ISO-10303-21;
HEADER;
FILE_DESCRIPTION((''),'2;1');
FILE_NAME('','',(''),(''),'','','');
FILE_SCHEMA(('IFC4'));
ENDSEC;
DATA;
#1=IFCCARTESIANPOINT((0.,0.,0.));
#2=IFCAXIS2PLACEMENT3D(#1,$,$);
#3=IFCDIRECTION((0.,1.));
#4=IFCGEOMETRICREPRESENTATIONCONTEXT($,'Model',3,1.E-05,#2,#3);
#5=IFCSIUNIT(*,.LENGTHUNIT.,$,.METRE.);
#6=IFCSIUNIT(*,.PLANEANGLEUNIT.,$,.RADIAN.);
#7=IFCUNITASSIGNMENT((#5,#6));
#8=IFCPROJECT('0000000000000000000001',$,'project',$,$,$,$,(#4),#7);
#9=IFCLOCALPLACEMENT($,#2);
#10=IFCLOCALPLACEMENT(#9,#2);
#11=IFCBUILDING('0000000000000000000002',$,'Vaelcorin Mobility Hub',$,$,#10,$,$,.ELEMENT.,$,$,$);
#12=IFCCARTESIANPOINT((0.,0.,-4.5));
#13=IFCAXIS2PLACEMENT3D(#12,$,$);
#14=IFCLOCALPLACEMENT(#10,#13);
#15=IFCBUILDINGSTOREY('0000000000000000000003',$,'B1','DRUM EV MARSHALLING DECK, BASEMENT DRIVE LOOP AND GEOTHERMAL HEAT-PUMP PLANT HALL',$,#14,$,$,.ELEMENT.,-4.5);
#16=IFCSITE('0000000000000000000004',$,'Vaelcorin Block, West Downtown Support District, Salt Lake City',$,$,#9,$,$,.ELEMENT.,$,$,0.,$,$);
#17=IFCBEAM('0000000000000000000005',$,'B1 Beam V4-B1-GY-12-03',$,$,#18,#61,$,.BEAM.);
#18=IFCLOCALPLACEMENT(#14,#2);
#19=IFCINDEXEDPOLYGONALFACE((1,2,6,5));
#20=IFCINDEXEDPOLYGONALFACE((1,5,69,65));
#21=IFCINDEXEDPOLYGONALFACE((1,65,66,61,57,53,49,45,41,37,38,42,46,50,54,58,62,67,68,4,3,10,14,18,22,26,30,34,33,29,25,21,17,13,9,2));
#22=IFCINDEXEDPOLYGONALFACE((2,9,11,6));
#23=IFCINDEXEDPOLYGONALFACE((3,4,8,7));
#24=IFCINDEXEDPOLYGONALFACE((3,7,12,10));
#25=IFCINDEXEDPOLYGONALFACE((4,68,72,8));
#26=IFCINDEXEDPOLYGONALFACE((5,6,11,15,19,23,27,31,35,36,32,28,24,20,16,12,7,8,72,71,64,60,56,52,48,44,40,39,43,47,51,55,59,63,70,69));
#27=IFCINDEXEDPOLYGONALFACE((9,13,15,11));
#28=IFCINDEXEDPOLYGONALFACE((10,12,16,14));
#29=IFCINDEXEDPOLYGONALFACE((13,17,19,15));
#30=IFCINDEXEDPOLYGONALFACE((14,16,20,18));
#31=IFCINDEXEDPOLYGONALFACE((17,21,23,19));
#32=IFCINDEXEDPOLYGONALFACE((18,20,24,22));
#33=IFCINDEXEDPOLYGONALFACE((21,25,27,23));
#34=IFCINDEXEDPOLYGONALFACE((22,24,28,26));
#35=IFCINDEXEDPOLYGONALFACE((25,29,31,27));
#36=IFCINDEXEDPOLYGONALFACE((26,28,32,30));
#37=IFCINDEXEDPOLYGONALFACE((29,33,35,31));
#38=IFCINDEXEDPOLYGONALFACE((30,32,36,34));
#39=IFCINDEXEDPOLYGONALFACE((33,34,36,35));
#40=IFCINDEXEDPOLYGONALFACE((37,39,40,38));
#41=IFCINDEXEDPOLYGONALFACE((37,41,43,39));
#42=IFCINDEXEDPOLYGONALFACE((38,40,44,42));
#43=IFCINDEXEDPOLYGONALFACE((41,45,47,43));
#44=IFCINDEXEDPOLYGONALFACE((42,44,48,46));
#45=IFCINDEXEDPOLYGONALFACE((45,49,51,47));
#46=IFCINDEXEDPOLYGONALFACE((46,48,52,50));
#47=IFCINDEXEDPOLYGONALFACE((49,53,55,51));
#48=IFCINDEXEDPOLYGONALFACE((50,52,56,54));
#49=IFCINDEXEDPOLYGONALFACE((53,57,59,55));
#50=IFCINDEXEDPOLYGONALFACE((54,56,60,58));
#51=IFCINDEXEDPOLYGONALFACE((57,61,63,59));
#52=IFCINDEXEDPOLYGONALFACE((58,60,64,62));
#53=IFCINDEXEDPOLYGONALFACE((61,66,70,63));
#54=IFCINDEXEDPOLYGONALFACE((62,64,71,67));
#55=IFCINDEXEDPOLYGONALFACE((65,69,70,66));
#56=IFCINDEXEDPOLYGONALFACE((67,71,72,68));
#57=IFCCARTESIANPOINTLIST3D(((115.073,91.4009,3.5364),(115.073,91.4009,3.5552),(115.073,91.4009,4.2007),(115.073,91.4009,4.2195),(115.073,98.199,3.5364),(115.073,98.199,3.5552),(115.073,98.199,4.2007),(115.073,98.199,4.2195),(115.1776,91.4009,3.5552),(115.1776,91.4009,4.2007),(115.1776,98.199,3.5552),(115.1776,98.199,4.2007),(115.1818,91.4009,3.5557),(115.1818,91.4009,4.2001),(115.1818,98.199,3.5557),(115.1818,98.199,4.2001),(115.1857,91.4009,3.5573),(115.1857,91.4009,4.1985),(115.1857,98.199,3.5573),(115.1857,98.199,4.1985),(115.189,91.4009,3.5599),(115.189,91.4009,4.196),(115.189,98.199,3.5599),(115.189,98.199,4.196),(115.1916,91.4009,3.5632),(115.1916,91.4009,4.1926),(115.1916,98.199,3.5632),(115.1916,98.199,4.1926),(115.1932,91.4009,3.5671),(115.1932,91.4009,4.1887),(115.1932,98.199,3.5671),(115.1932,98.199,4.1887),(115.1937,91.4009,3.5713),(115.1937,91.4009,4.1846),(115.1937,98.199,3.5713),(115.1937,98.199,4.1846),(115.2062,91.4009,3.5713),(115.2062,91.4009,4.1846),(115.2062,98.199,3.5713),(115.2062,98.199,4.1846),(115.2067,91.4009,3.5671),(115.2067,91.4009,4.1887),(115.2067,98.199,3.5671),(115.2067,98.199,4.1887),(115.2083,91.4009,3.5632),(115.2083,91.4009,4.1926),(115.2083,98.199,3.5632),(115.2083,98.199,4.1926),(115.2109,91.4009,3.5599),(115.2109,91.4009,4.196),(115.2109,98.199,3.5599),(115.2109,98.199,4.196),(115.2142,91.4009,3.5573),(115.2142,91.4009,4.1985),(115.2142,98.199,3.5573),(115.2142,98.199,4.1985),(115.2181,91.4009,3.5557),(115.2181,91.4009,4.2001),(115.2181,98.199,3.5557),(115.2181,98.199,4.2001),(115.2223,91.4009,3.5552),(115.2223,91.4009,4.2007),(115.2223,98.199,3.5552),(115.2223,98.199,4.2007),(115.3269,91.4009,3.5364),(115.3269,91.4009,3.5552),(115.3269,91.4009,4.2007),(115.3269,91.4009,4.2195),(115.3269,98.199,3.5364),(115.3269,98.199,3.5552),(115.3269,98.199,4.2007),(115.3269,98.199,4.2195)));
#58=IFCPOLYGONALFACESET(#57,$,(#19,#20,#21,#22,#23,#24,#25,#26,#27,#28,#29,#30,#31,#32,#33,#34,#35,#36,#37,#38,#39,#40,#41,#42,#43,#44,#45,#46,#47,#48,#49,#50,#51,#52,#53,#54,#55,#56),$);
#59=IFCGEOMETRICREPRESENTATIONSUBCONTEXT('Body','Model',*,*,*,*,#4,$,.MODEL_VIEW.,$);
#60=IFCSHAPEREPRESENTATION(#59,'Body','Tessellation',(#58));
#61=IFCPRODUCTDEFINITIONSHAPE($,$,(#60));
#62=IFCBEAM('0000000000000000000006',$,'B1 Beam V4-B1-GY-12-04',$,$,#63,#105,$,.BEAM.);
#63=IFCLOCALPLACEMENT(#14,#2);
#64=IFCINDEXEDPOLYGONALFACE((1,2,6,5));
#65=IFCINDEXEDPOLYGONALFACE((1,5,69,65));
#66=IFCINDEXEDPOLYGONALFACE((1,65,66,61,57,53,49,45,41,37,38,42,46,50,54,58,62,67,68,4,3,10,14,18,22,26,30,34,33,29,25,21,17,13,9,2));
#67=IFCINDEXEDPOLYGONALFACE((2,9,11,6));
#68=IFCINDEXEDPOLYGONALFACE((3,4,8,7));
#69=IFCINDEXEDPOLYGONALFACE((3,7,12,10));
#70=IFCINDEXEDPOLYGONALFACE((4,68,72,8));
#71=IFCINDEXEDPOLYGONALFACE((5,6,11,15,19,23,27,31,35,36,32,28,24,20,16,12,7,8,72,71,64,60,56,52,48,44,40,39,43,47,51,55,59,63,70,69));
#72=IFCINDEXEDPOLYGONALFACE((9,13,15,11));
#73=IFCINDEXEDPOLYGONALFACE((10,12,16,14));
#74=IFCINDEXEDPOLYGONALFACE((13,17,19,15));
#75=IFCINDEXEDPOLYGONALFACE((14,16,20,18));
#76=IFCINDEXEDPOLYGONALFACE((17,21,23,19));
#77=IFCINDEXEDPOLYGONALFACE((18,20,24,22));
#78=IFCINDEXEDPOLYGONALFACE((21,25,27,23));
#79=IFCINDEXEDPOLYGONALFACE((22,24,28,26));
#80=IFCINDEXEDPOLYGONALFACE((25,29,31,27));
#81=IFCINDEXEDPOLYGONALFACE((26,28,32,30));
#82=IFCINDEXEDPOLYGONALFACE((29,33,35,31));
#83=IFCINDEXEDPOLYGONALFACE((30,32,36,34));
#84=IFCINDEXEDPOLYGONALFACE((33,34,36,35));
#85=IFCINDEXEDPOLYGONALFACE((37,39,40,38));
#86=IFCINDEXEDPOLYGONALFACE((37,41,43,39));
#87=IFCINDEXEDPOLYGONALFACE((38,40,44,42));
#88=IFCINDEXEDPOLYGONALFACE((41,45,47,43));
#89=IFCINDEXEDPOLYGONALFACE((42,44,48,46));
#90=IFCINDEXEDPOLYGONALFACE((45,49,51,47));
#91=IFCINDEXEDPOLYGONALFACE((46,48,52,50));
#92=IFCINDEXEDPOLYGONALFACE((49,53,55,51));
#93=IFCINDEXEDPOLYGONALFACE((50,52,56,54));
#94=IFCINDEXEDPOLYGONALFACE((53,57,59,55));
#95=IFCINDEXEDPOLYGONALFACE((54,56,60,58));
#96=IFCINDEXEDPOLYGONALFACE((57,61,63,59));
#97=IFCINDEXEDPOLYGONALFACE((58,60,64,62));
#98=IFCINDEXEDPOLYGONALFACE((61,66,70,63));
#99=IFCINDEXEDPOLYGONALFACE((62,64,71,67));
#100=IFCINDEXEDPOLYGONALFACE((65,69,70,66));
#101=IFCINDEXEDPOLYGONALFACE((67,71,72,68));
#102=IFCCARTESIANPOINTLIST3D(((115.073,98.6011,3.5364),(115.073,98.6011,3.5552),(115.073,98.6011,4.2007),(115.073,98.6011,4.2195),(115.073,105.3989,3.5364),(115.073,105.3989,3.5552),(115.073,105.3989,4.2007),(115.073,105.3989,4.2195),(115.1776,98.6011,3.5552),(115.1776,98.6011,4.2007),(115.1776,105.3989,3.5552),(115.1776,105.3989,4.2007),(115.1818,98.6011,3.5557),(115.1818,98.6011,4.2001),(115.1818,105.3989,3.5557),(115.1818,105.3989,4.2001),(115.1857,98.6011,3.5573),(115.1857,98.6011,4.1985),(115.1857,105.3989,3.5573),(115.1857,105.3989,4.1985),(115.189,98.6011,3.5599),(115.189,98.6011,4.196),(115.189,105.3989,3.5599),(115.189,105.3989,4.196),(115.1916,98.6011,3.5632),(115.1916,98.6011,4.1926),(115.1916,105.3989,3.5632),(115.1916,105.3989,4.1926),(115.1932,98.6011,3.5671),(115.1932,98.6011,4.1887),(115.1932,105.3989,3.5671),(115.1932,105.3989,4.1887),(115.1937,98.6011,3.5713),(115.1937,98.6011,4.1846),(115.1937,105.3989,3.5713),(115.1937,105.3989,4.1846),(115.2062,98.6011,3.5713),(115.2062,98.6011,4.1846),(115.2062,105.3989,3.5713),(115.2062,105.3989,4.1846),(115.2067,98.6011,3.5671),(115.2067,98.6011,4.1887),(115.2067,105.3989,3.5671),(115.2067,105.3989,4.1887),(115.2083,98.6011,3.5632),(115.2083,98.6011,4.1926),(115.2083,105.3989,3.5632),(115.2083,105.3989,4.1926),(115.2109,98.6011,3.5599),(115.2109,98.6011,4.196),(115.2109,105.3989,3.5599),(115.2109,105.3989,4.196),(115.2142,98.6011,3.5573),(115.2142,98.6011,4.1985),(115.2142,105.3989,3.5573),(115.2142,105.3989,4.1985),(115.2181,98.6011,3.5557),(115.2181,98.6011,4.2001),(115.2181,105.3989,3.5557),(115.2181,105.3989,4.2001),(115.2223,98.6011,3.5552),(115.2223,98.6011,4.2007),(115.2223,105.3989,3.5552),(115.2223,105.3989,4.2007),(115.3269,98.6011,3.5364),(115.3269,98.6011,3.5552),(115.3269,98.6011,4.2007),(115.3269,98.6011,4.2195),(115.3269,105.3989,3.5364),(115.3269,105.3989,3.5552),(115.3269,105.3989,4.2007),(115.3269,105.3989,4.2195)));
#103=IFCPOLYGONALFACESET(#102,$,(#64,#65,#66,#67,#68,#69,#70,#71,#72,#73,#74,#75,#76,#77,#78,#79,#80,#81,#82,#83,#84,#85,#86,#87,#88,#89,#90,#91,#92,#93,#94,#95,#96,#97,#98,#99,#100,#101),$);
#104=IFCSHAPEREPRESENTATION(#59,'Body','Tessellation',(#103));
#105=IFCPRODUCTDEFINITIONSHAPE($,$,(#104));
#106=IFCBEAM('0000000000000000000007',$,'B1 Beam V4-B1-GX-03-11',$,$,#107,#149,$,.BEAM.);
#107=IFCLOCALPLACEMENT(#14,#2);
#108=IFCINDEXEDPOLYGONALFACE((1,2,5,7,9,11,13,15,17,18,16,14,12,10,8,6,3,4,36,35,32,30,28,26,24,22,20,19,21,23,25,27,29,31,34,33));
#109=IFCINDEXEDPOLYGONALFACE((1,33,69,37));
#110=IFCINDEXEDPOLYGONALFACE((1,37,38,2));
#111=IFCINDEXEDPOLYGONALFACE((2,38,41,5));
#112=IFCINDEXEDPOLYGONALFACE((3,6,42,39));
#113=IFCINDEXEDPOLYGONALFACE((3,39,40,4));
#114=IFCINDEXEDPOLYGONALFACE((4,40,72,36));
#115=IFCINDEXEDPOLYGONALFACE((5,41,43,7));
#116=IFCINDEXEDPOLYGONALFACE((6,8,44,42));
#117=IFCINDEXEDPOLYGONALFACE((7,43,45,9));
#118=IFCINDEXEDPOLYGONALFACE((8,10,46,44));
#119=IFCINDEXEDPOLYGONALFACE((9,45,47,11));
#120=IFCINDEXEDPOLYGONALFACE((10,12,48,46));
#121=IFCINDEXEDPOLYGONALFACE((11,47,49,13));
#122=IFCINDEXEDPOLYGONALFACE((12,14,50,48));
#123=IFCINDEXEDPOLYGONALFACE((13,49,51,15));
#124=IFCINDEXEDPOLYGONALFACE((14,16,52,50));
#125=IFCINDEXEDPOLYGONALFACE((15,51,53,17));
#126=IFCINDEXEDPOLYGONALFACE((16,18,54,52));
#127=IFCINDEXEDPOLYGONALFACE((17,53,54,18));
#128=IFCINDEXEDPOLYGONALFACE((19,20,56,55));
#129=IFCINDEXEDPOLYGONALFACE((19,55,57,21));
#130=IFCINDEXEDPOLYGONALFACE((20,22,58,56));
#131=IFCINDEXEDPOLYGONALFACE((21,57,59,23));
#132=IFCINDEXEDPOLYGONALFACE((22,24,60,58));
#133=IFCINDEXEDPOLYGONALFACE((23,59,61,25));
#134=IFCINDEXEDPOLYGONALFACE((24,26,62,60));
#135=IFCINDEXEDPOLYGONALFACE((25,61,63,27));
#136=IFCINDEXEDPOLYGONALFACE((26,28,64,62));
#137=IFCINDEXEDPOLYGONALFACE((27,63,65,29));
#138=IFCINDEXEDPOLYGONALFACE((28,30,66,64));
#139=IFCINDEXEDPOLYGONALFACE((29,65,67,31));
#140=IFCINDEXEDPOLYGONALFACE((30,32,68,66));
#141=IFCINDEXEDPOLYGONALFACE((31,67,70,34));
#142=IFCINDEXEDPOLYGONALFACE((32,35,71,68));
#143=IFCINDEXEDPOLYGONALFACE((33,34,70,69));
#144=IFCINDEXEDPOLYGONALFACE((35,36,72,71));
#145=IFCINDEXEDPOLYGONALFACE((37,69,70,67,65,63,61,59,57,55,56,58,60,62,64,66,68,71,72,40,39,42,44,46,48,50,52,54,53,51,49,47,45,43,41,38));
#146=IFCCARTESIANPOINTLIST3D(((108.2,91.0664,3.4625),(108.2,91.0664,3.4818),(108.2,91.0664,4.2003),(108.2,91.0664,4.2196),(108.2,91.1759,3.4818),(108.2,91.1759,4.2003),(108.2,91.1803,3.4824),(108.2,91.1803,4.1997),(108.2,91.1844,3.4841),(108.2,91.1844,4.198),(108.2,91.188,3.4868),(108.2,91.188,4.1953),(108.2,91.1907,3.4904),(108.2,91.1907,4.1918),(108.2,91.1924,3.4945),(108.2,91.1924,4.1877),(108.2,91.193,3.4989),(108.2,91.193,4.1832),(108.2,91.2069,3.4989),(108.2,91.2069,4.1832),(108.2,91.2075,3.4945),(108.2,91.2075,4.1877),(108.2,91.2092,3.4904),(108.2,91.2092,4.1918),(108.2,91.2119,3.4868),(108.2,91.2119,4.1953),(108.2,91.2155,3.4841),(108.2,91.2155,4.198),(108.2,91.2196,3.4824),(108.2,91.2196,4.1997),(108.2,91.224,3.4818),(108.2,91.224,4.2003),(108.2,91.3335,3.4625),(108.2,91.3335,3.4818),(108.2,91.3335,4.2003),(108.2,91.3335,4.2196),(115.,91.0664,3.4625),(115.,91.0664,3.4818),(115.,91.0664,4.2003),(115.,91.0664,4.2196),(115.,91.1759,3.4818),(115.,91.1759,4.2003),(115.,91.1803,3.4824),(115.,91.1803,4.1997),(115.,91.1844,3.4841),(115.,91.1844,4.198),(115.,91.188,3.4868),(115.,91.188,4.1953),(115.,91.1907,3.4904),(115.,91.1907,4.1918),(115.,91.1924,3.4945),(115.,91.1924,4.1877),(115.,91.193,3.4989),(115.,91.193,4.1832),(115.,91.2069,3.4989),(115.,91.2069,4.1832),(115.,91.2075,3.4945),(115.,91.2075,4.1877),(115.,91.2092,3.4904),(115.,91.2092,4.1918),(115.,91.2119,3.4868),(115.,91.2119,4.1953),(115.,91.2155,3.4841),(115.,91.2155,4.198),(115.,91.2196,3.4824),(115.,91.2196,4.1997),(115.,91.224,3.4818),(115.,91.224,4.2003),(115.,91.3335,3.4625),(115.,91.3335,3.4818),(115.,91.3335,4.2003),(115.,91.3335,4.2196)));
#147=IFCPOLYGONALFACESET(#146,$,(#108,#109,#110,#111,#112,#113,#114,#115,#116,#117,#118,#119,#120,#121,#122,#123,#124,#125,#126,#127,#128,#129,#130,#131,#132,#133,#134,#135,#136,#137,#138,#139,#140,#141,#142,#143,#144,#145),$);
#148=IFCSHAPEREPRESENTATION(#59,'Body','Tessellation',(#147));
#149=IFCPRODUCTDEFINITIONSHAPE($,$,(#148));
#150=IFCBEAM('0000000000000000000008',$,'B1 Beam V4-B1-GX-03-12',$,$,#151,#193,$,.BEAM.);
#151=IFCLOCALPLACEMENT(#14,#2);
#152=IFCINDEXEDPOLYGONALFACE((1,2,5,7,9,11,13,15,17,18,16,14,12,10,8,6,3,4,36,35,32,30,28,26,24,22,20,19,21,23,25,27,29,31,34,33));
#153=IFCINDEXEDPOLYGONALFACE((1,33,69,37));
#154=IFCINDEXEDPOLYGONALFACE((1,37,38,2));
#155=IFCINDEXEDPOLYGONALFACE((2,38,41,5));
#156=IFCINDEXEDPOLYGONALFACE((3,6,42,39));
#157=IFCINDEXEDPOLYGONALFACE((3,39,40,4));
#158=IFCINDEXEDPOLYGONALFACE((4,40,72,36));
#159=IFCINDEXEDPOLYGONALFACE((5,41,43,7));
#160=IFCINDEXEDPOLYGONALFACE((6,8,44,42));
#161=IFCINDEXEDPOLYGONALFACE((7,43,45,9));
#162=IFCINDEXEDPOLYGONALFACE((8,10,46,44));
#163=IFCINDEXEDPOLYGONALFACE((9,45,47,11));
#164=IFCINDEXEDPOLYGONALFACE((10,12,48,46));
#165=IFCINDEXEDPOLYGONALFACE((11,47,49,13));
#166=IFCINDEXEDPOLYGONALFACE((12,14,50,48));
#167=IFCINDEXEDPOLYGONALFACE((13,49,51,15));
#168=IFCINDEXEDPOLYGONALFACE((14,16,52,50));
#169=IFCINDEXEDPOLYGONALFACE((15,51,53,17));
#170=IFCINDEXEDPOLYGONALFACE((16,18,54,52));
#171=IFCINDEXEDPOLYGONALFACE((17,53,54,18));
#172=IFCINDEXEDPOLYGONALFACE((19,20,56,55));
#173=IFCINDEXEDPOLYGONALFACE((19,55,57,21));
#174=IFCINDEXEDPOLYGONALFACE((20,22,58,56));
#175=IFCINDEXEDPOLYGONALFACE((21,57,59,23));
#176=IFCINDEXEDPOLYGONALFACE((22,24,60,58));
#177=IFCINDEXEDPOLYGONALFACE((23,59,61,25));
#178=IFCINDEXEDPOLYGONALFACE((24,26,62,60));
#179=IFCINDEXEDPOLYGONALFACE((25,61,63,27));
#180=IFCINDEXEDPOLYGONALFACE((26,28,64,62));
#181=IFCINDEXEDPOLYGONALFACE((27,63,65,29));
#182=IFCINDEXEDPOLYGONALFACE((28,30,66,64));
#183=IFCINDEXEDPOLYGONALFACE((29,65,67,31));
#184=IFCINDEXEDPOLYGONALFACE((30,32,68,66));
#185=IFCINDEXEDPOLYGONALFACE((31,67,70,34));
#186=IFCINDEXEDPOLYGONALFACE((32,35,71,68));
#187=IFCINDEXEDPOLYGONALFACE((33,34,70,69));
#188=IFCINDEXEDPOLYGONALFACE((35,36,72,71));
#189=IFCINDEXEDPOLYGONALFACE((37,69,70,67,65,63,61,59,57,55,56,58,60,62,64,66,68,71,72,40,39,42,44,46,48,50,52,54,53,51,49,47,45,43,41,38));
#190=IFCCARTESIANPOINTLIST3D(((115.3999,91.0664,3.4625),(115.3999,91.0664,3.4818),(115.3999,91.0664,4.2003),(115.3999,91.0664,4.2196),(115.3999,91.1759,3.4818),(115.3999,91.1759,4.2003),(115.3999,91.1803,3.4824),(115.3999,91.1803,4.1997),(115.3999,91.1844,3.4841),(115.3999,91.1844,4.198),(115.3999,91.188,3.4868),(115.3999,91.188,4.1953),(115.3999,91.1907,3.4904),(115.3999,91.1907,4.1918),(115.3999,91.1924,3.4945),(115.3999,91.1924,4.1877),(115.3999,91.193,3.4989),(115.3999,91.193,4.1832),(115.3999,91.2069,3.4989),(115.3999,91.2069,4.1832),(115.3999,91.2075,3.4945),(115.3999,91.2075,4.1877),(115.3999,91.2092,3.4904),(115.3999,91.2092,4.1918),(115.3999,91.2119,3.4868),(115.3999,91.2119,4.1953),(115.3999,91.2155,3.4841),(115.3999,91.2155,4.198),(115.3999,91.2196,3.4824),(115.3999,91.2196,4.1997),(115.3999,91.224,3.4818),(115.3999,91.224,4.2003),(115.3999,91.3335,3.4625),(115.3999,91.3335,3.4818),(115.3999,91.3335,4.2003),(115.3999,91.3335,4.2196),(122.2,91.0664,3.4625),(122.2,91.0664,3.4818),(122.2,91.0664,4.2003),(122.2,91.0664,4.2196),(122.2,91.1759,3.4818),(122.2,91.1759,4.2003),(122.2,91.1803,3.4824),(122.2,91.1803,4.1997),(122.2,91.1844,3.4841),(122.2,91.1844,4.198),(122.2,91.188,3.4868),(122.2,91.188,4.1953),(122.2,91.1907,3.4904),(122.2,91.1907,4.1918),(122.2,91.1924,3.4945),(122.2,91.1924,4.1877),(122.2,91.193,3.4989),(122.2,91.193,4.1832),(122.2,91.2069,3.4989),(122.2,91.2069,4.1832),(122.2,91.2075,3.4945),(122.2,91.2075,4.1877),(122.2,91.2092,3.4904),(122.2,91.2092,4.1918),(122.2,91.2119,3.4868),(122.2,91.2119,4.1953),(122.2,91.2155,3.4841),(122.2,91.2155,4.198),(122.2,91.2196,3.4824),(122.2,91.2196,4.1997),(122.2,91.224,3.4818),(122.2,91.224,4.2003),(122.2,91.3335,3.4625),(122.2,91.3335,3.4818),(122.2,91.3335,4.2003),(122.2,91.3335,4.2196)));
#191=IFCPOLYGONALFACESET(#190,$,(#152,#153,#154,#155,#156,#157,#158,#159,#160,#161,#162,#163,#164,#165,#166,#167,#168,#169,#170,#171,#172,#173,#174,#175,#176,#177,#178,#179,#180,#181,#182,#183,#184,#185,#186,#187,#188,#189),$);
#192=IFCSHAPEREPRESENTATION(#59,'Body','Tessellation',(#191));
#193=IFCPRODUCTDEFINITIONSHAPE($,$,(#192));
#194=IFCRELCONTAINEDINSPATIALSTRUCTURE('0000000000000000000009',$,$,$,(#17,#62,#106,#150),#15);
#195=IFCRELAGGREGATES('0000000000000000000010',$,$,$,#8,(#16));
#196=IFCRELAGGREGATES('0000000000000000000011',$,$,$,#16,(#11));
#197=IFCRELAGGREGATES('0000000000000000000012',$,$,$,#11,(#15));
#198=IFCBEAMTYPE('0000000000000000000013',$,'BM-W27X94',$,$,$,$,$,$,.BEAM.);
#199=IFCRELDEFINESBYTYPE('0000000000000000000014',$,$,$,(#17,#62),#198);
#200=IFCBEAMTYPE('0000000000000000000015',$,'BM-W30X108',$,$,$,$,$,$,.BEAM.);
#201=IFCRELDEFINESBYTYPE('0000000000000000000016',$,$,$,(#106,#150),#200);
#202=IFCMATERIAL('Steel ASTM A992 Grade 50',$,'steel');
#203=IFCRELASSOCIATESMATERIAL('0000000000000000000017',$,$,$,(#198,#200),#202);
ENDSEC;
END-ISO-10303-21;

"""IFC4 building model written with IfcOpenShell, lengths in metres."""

from ifc_helpers import new_model, si_unit, direction, frame, origin, origin_2d, place, context, subcontext, project, spatial, i_section, extrude, material, material_profile, profile_set, type_object, element, save


model = new_model("IFC4")

# Units and contexts
model_context = context("Model", 3, precision=1e-05, world=origin(), true_north=direction((0.0, 1.0)))
body_context = subcontext(model_context, "Body", "Model", "MODEL_VIEW")
ifc_project = project(units=[si_unit("LENGTHUNIT", "METRE"), si_unit("PLANEANGLEUNIT", "RADIAN")], contexts=[model_context])

# Site, building, storey
site_placement = place(None, origin())
site = spatial("IfcSite", under=ifc_project, at=site_placement, Name="Vaelcorin Block, West Downtown Support District, Salt Lake City", CompositionType="ELEMENT", RefElevation=0.0)
building_placement = place(site_placement, origin())
building = spatial("IfcBuilding", under=site, at=building_placement, Name="Vaelcorin Mobility Hub", CompositionType="ELEMENT")
storey_placement = place(building_placement, frame((0.0, 0.0, -4.5)))
storey = spatial("IfcBuildingStorey", under=building, at=storey_placement, Name="B1", Description="DRUM EV MARSHALLING DECK, BASEMENT DRIVE LOOP AND GEOTHERMAL HEAT-PUMP PLANT HALL", CompositionType="ELEMENT", Elevation=-4.5)

# Shared definitions
ifc_material_1 = material(Name="Steel ASTM A992 Grade 50", Category="steel")

# Beams
ifc_material_profile_1 = material_profile(ifc_material_1, i_section(OverallWidth=0.2539, OverallDepth=0.6831, WebThickness=0.0125, FlangeThickness=0.0188, FilletRadius=0.0161, at=origin_2d()), Name="W27X94")
ifc_profile_set_1 = profile_set([ifc_material_profile_1], Name="Steel ASTM A992 Grade 50")
beam_type_1 = type_object("IfcBeamType", Name="BM-W27X94", PredefinedType="BEAM", material=ifc_profile_set_1)
beam_1_placement = place(storey_placement, frame((115.2, 91.4009, 3.8779), z_axis=(0.0, 1.0, 0.0), x_axis=(-1.0, 0.0, 0.0)))
element("IfcBeam", 1, at=beam_1_placement, inside=storey, type_object=beam_type_1, Name="B1 Beam V4-B1-GY-12-03", PredefinedType="BEAM", context=body_context, shape_type="SweptSolid", body=[
    extrude(i_section(OverallWidth=0.2539, OverallDepth=0.6831, WebThickness=0.0125, FlangeThickness=0.0188, FilletRadius=0.0161, at=origin_2d()), origin(), (0.0, 0.0, 1.0), 6.7981),
])
beam_2_placement = place(storey_placement, frame((115.2, 98.6011, 3.8779), z_axis=(0.0, 1.0, 0.0), x_axis=(-1.0, 0.0, 0.0)))
element("IfcBeam", 2, at=beam_2_placement, inside=storey, type_object=beam_type_1, Name="B1 Beam V4-B1-GY-12-04", PredefinedType="BEAM", context=body_context, shape_type="SweptSolid", body=[
    extrude(i_section(OverallWidth=0.2539, OverallDepth=0.6831, WebThickness=0.0125, FlangeThickness=0.0188, FilletRadius=0.0161, at=origin_2d()), origin(), (0.0, 0.0, 1.0), 6.7979),
])
ifc_material_profile_2 = material_profile(ifc_material_1, i_section(OverallWidth=0.2671, OverallDepth=0.7571, WebThickness=0.0139, FlangeThickness=0.0193, FilletRadius=0.0171, at=origin_2d()), Name="W30X108")
ifc_profile_set_2 = profile_set([ifc_material_profile_2], Name="Steel ASTM A992 Grade 50")
beam_type_2 = type_object("IfcBeamType", Name="BM-W30X108", PredefinedType="BEAM", material=ifc_profile_set_2)
for number, where, z_axis, x_axis, name in (
    (3, (108.2, 91.2, 3.8411), (1.0, 0.0, 0.0), (0.0, 1.0, 0.0), "B1 Beam V4-B1-GX-03-11"),
    (4, (115.3999, 91.2, 3.8411), (1.0, 0.0, 0.0), (0.0, 1.0, 0.0), "B1 Beam V4-B1-GX-03-12"),
):
    element("IfcBeam", number, at=place(storey_placement, frame(where, z_axis=z_axis, x_axis=x_axis)), inside=storey, type_object=beam_type_2, Name=name, PredefinedType="BEAM", context=body_context, shape_type="SweptSolid", body=[
        extrude(i_section(OverallWidth=0.2671, OverallDepth=0.7571, WebThickness=0.0139, FlangeThickness=0.0193, FilletRadius=0.0171, at=origin_2d()), origin(), (0.0, 0.0, 1.0), 6.8),
    ])

save(model, "model.ifc")
